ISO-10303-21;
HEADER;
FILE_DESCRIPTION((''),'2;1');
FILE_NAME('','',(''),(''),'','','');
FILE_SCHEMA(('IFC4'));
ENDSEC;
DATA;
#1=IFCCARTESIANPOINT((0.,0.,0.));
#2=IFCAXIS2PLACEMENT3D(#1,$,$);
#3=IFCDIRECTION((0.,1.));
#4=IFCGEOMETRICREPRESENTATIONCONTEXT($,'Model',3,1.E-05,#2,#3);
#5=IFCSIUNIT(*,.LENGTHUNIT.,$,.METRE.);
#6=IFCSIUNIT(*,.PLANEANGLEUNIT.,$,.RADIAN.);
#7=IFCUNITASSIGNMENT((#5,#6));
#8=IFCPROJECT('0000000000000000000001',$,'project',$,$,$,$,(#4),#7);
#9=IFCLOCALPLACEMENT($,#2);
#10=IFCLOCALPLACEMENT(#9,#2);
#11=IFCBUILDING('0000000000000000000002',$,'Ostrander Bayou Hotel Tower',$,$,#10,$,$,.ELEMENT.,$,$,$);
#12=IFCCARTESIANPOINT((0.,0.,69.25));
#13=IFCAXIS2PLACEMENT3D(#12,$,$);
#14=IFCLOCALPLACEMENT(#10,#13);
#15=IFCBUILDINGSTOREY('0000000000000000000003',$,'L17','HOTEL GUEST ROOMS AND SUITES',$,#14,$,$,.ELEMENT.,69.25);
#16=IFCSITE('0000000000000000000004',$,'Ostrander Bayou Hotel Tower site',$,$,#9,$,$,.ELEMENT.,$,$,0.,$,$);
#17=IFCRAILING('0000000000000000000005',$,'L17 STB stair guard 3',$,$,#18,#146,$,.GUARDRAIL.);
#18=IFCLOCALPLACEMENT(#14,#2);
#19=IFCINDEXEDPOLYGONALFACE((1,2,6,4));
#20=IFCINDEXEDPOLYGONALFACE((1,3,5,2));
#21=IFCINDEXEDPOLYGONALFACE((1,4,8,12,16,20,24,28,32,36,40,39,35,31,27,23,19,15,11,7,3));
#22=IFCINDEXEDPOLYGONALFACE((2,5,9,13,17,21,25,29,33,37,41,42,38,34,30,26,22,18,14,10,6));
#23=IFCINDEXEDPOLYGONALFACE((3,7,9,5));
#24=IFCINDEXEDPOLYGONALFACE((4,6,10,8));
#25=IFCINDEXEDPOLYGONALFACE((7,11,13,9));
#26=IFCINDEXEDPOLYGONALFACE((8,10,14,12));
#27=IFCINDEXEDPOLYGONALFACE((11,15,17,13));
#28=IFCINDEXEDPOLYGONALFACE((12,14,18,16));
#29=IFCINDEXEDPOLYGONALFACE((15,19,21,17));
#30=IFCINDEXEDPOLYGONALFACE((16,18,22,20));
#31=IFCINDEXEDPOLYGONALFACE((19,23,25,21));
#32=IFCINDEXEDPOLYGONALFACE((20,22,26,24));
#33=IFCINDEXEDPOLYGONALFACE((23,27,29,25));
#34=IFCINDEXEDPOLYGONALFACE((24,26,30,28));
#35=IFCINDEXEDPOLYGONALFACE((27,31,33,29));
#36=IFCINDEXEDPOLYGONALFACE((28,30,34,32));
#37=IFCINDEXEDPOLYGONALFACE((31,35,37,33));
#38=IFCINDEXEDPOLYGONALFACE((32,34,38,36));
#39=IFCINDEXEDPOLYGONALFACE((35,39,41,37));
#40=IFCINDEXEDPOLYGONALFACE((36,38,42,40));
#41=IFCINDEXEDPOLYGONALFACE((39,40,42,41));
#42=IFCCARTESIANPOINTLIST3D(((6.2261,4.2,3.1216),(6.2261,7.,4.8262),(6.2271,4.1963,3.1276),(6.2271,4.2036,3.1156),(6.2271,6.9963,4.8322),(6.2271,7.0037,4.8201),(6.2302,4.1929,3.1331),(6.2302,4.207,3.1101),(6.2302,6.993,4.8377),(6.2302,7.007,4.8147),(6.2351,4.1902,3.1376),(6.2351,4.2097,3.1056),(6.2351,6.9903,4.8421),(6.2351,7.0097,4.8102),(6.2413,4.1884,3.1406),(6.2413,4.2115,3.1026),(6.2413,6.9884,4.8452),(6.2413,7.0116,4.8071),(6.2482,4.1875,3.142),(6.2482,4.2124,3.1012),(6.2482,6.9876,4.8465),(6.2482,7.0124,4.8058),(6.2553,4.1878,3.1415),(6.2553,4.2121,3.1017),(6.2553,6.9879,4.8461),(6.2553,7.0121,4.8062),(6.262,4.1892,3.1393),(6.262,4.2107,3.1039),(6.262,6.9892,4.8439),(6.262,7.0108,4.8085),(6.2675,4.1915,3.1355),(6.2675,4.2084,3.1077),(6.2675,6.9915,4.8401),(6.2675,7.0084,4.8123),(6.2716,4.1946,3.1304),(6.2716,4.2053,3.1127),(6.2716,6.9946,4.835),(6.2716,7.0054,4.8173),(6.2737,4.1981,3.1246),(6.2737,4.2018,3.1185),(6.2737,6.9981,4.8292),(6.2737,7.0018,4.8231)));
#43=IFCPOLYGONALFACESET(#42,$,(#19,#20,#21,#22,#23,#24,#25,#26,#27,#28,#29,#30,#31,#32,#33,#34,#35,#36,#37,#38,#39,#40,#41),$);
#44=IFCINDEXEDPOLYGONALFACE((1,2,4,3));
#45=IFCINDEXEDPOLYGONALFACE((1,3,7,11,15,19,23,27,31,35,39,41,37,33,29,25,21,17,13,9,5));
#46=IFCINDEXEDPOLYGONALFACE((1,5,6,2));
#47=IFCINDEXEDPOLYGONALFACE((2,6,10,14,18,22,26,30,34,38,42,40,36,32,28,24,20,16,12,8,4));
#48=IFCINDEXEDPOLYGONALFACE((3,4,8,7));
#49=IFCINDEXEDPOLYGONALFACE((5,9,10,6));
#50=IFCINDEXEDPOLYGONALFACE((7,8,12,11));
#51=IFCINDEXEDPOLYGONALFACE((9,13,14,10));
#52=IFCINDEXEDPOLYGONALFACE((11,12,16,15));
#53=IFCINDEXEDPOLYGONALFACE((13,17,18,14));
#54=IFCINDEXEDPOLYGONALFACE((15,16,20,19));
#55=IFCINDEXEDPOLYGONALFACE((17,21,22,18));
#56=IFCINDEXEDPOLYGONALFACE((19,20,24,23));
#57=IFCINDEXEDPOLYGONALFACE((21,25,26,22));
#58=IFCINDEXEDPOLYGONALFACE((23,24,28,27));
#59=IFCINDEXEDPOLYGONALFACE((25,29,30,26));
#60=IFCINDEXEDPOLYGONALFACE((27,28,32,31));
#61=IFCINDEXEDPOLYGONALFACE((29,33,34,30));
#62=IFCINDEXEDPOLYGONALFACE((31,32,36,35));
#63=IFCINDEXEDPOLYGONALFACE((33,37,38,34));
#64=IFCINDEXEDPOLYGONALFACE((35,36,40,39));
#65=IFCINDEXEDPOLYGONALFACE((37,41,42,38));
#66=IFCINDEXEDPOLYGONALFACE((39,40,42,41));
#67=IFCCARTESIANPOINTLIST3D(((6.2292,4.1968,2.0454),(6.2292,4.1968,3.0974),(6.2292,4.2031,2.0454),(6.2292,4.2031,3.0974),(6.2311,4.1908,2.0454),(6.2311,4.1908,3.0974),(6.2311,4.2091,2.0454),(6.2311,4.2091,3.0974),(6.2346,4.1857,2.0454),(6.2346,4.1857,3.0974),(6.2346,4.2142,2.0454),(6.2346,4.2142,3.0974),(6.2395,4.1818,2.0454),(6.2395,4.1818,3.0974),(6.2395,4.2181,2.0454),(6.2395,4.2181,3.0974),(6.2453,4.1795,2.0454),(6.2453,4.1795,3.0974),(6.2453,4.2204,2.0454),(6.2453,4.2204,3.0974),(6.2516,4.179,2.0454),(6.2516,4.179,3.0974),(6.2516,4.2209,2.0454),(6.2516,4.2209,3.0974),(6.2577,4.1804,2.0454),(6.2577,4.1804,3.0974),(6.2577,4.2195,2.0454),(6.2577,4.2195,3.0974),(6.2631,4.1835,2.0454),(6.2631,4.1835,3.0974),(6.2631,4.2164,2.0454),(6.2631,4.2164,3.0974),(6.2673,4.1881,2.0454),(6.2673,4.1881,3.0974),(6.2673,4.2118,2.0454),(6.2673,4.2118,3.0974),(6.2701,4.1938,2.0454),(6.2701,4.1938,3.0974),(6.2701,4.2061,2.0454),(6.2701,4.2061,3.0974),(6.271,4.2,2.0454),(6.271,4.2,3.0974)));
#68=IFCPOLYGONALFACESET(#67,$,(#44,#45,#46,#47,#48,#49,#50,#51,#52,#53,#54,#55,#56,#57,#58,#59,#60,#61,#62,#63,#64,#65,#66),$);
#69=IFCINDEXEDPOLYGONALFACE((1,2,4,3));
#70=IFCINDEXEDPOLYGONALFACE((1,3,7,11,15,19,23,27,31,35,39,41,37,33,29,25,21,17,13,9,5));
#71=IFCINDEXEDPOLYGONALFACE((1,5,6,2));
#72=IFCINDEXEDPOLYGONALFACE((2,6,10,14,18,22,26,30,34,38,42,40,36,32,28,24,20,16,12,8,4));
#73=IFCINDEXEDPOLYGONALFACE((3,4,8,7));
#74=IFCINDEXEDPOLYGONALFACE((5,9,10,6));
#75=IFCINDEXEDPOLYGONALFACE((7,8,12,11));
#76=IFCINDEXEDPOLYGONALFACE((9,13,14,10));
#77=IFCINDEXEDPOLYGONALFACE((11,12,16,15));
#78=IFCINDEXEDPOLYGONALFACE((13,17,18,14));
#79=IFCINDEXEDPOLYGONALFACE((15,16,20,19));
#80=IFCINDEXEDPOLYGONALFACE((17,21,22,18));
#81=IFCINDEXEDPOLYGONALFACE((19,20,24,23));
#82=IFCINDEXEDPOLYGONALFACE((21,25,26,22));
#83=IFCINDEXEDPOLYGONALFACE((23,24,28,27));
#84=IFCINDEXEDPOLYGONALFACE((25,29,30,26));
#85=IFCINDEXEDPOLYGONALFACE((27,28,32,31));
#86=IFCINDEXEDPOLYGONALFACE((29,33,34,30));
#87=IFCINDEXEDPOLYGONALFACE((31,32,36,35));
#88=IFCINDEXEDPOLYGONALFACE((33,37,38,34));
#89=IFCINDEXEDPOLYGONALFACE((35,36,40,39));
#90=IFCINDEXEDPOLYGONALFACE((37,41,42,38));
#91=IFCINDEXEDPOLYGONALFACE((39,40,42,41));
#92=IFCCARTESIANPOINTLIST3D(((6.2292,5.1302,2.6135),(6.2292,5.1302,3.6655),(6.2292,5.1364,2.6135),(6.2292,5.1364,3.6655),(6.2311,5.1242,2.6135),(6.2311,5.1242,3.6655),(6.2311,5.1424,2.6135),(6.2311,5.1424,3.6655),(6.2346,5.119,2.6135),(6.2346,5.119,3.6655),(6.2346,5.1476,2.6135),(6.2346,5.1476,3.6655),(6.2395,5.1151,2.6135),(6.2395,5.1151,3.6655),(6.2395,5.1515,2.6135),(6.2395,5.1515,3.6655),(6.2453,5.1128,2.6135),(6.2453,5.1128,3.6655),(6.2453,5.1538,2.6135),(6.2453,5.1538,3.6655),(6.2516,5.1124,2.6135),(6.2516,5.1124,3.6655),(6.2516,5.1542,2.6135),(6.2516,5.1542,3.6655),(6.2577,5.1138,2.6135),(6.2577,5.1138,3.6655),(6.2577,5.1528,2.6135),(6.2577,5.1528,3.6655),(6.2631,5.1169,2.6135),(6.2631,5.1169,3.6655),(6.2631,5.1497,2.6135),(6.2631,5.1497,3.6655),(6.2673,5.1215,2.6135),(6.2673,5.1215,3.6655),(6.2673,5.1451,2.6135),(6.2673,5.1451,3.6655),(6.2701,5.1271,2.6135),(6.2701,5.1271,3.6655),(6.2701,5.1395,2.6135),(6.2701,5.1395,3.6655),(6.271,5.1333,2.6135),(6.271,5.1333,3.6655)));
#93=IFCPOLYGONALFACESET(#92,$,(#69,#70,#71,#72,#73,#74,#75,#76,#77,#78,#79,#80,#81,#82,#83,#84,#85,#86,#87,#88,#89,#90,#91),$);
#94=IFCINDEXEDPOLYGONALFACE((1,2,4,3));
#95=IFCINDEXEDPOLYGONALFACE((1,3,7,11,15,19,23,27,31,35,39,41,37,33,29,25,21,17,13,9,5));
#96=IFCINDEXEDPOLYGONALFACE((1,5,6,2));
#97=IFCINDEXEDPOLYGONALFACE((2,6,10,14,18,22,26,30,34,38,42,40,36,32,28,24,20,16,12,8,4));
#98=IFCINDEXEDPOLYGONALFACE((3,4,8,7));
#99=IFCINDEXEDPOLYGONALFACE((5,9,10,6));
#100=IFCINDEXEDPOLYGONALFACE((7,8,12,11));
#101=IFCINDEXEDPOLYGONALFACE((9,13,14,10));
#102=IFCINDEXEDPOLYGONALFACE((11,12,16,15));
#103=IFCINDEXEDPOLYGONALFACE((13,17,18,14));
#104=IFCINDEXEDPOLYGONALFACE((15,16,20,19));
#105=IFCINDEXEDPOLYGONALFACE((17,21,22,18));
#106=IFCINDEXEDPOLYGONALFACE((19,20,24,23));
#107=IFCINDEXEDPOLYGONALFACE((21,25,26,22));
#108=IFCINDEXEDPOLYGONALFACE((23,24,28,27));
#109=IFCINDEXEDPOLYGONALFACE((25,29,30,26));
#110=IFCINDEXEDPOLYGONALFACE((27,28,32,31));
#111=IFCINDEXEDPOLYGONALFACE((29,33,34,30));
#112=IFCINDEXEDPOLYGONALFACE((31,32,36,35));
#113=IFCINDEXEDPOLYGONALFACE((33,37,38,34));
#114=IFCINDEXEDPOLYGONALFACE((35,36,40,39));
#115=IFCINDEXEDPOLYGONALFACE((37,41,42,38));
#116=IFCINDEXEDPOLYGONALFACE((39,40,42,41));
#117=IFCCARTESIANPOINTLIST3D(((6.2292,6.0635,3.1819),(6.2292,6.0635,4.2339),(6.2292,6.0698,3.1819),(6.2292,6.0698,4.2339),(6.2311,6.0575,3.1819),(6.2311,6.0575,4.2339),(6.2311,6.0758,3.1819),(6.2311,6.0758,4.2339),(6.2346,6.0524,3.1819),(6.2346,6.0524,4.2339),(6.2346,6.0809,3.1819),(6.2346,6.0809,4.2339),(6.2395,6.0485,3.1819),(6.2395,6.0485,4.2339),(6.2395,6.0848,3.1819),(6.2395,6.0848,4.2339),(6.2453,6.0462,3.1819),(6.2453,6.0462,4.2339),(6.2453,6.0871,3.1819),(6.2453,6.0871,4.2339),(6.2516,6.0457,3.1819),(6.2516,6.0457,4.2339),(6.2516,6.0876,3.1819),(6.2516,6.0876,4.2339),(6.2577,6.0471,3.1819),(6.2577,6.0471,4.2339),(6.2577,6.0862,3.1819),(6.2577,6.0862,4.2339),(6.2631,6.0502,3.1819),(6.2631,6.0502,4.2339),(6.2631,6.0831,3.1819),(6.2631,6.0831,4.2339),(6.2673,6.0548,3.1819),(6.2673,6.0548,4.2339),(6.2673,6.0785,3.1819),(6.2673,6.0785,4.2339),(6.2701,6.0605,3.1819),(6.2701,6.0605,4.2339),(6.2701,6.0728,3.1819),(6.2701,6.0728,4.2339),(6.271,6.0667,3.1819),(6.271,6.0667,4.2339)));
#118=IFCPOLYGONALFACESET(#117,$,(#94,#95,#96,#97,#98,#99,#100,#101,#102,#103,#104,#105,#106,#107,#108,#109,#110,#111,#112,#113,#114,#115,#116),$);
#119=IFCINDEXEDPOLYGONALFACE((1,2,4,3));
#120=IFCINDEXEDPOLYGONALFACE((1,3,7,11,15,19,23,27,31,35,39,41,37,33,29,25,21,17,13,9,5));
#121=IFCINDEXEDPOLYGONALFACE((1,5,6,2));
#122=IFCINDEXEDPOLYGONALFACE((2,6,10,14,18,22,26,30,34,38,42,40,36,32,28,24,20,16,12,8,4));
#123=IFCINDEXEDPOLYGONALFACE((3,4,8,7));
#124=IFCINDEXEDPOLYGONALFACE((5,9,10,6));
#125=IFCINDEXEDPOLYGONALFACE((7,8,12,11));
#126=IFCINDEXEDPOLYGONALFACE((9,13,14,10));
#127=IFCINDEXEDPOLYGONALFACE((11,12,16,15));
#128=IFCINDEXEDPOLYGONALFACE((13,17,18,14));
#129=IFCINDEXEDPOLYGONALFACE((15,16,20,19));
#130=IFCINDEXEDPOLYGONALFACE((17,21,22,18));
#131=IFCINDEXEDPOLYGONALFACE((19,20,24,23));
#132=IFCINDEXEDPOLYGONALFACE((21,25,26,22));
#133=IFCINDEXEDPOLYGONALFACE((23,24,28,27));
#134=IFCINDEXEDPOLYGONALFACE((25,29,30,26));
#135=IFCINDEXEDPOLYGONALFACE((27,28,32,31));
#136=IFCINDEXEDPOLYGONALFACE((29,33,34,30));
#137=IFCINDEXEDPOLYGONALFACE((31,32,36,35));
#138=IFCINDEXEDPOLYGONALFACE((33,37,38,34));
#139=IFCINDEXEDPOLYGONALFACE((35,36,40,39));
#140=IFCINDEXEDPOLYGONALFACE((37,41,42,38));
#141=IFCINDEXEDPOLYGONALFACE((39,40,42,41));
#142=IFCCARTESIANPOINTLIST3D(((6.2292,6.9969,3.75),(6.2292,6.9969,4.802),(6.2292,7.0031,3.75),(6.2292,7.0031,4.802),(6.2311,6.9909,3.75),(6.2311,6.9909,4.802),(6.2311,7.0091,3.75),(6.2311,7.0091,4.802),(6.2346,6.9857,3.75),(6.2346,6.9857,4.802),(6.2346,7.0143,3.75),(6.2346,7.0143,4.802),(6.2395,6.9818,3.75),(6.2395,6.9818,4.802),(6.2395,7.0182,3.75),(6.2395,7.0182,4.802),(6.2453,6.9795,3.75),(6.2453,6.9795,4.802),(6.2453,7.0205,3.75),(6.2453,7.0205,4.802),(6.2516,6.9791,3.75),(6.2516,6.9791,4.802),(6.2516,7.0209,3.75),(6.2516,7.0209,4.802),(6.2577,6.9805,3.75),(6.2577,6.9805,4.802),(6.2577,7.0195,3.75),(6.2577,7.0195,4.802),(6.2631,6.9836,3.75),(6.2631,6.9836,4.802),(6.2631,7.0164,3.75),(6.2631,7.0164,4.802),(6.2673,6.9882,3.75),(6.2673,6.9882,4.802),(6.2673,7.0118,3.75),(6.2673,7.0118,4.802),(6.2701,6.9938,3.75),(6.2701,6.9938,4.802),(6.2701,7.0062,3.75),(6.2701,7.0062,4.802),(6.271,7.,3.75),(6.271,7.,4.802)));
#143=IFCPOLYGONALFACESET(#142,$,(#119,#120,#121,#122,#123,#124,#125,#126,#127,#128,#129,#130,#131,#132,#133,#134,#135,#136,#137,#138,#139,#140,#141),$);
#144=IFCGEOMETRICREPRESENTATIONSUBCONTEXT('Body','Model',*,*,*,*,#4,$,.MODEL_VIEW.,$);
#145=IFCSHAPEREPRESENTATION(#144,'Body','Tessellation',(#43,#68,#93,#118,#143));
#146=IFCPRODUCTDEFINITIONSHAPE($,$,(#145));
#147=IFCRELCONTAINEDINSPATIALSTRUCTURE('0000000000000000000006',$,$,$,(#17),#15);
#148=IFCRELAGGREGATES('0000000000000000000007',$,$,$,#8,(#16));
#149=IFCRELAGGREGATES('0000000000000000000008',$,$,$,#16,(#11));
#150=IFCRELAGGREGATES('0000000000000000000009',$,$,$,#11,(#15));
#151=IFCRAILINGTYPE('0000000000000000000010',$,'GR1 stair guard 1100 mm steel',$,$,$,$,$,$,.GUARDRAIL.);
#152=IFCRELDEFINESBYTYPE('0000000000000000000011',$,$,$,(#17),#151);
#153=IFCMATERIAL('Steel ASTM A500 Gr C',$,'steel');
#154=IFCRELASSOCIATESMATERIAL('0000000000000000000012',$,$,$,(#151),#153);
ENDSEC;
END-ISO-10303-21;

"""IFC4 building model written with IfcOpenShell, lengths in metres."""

from ifc_helpers import new_model, si_unit, direction, frame, origin, origin_2d, place, context, subcontext, project, spatial, circle, extrude, material, type_object, element, save


model = new_model("IFC4")

# Units and contexts
model_context = context("Model", 3, precision=1e-05, world=origin(), true_north=direction((0.0, 1.0)))
body_context = subcontext(model_context, "Body", "Model", "MODEL_VIEW")
ifc_project = project(units=[si_unit("LENGTHUNIT", "METRE"), si_unit("PLANEANGLEUNIT", "RADIAN")], contexts=[model_context])

# Site, building, storey
site_placement = place(None, origin())
site = spatial("IfcSite", under=ifc_project, at=site_placement, Name="Ostrander Bayou Hotel Tower site", CompositionType="ELEMENT", RefElevation=0.0)
building_placement = place(site_placement, origin())
building = spatial("IfcBuilding", under=site, at=building_placement, Name="Ostrander Bayou Hotel Tower", CompositionType="ELEMENT")
storey_placement = place(building_placement, frame((0.0, 0.0, 69.25)))
storey = spatial("IfcBuildingStorey", under=building, at=storey_placement, Name="L17", Description="HOTEL GUEST ROOMS AND SUITES", CompositionType="ELEMENT", Elevation=69.25)

# Railing
ifc_material_1 = material(Name="Steel ASTM A500 Gr C", Category="steel")
railing_type_1 = type_object("IfcRailingType", Name="GR1 stair guard 1100 mm steel", PredefinedType="GUARDRAIL", material=ifc_material_1)
railing_1_placement = place(storey_placement, frame((6.25, 4.2, 2.0454)))
element("IfcRailing", 1, at=railing_1_placement, inside=storey, type_object=railing_type_1, Name="L17 STB stair guard 3", PredefinedType="GUARDRAIL", context=body_context, shape_type="SweptSolid", body=[
    extrude(circle(Radius=0.0239, at=origin_2d()), frame((0.0, 0.0, 1.0762), z_axis=(0.0, 0.85417, 0.519994), x_axis=(-1.0, 0.0, 0.0)), (0.0, 0.0, 1.0), 3.2781),
    extrude(circle(Radius=0.021, at=origin_2d()), origin(), (0.0, 0.0, 1.0), 1.052),
    extrude(circle(Radius=0.021, at=origin_2d()), frame((0.0, 0.9333, 0.5681)), (0.0, 0.0, 1.0), 1.052),
    extrude(circle(Radius=0.021, at=origin_2d()), frame((0.0, 1.8667, 1.1365)), (0.0, 0.0, 1.0), 1.052),
    extrude(circle(Radius=0.021, at=origin_2d()), frame((0.0, 2.8, 1.7046)), (0.0, 0.0, 1.0), 1.052),
])

save(model, "model.ifc")
